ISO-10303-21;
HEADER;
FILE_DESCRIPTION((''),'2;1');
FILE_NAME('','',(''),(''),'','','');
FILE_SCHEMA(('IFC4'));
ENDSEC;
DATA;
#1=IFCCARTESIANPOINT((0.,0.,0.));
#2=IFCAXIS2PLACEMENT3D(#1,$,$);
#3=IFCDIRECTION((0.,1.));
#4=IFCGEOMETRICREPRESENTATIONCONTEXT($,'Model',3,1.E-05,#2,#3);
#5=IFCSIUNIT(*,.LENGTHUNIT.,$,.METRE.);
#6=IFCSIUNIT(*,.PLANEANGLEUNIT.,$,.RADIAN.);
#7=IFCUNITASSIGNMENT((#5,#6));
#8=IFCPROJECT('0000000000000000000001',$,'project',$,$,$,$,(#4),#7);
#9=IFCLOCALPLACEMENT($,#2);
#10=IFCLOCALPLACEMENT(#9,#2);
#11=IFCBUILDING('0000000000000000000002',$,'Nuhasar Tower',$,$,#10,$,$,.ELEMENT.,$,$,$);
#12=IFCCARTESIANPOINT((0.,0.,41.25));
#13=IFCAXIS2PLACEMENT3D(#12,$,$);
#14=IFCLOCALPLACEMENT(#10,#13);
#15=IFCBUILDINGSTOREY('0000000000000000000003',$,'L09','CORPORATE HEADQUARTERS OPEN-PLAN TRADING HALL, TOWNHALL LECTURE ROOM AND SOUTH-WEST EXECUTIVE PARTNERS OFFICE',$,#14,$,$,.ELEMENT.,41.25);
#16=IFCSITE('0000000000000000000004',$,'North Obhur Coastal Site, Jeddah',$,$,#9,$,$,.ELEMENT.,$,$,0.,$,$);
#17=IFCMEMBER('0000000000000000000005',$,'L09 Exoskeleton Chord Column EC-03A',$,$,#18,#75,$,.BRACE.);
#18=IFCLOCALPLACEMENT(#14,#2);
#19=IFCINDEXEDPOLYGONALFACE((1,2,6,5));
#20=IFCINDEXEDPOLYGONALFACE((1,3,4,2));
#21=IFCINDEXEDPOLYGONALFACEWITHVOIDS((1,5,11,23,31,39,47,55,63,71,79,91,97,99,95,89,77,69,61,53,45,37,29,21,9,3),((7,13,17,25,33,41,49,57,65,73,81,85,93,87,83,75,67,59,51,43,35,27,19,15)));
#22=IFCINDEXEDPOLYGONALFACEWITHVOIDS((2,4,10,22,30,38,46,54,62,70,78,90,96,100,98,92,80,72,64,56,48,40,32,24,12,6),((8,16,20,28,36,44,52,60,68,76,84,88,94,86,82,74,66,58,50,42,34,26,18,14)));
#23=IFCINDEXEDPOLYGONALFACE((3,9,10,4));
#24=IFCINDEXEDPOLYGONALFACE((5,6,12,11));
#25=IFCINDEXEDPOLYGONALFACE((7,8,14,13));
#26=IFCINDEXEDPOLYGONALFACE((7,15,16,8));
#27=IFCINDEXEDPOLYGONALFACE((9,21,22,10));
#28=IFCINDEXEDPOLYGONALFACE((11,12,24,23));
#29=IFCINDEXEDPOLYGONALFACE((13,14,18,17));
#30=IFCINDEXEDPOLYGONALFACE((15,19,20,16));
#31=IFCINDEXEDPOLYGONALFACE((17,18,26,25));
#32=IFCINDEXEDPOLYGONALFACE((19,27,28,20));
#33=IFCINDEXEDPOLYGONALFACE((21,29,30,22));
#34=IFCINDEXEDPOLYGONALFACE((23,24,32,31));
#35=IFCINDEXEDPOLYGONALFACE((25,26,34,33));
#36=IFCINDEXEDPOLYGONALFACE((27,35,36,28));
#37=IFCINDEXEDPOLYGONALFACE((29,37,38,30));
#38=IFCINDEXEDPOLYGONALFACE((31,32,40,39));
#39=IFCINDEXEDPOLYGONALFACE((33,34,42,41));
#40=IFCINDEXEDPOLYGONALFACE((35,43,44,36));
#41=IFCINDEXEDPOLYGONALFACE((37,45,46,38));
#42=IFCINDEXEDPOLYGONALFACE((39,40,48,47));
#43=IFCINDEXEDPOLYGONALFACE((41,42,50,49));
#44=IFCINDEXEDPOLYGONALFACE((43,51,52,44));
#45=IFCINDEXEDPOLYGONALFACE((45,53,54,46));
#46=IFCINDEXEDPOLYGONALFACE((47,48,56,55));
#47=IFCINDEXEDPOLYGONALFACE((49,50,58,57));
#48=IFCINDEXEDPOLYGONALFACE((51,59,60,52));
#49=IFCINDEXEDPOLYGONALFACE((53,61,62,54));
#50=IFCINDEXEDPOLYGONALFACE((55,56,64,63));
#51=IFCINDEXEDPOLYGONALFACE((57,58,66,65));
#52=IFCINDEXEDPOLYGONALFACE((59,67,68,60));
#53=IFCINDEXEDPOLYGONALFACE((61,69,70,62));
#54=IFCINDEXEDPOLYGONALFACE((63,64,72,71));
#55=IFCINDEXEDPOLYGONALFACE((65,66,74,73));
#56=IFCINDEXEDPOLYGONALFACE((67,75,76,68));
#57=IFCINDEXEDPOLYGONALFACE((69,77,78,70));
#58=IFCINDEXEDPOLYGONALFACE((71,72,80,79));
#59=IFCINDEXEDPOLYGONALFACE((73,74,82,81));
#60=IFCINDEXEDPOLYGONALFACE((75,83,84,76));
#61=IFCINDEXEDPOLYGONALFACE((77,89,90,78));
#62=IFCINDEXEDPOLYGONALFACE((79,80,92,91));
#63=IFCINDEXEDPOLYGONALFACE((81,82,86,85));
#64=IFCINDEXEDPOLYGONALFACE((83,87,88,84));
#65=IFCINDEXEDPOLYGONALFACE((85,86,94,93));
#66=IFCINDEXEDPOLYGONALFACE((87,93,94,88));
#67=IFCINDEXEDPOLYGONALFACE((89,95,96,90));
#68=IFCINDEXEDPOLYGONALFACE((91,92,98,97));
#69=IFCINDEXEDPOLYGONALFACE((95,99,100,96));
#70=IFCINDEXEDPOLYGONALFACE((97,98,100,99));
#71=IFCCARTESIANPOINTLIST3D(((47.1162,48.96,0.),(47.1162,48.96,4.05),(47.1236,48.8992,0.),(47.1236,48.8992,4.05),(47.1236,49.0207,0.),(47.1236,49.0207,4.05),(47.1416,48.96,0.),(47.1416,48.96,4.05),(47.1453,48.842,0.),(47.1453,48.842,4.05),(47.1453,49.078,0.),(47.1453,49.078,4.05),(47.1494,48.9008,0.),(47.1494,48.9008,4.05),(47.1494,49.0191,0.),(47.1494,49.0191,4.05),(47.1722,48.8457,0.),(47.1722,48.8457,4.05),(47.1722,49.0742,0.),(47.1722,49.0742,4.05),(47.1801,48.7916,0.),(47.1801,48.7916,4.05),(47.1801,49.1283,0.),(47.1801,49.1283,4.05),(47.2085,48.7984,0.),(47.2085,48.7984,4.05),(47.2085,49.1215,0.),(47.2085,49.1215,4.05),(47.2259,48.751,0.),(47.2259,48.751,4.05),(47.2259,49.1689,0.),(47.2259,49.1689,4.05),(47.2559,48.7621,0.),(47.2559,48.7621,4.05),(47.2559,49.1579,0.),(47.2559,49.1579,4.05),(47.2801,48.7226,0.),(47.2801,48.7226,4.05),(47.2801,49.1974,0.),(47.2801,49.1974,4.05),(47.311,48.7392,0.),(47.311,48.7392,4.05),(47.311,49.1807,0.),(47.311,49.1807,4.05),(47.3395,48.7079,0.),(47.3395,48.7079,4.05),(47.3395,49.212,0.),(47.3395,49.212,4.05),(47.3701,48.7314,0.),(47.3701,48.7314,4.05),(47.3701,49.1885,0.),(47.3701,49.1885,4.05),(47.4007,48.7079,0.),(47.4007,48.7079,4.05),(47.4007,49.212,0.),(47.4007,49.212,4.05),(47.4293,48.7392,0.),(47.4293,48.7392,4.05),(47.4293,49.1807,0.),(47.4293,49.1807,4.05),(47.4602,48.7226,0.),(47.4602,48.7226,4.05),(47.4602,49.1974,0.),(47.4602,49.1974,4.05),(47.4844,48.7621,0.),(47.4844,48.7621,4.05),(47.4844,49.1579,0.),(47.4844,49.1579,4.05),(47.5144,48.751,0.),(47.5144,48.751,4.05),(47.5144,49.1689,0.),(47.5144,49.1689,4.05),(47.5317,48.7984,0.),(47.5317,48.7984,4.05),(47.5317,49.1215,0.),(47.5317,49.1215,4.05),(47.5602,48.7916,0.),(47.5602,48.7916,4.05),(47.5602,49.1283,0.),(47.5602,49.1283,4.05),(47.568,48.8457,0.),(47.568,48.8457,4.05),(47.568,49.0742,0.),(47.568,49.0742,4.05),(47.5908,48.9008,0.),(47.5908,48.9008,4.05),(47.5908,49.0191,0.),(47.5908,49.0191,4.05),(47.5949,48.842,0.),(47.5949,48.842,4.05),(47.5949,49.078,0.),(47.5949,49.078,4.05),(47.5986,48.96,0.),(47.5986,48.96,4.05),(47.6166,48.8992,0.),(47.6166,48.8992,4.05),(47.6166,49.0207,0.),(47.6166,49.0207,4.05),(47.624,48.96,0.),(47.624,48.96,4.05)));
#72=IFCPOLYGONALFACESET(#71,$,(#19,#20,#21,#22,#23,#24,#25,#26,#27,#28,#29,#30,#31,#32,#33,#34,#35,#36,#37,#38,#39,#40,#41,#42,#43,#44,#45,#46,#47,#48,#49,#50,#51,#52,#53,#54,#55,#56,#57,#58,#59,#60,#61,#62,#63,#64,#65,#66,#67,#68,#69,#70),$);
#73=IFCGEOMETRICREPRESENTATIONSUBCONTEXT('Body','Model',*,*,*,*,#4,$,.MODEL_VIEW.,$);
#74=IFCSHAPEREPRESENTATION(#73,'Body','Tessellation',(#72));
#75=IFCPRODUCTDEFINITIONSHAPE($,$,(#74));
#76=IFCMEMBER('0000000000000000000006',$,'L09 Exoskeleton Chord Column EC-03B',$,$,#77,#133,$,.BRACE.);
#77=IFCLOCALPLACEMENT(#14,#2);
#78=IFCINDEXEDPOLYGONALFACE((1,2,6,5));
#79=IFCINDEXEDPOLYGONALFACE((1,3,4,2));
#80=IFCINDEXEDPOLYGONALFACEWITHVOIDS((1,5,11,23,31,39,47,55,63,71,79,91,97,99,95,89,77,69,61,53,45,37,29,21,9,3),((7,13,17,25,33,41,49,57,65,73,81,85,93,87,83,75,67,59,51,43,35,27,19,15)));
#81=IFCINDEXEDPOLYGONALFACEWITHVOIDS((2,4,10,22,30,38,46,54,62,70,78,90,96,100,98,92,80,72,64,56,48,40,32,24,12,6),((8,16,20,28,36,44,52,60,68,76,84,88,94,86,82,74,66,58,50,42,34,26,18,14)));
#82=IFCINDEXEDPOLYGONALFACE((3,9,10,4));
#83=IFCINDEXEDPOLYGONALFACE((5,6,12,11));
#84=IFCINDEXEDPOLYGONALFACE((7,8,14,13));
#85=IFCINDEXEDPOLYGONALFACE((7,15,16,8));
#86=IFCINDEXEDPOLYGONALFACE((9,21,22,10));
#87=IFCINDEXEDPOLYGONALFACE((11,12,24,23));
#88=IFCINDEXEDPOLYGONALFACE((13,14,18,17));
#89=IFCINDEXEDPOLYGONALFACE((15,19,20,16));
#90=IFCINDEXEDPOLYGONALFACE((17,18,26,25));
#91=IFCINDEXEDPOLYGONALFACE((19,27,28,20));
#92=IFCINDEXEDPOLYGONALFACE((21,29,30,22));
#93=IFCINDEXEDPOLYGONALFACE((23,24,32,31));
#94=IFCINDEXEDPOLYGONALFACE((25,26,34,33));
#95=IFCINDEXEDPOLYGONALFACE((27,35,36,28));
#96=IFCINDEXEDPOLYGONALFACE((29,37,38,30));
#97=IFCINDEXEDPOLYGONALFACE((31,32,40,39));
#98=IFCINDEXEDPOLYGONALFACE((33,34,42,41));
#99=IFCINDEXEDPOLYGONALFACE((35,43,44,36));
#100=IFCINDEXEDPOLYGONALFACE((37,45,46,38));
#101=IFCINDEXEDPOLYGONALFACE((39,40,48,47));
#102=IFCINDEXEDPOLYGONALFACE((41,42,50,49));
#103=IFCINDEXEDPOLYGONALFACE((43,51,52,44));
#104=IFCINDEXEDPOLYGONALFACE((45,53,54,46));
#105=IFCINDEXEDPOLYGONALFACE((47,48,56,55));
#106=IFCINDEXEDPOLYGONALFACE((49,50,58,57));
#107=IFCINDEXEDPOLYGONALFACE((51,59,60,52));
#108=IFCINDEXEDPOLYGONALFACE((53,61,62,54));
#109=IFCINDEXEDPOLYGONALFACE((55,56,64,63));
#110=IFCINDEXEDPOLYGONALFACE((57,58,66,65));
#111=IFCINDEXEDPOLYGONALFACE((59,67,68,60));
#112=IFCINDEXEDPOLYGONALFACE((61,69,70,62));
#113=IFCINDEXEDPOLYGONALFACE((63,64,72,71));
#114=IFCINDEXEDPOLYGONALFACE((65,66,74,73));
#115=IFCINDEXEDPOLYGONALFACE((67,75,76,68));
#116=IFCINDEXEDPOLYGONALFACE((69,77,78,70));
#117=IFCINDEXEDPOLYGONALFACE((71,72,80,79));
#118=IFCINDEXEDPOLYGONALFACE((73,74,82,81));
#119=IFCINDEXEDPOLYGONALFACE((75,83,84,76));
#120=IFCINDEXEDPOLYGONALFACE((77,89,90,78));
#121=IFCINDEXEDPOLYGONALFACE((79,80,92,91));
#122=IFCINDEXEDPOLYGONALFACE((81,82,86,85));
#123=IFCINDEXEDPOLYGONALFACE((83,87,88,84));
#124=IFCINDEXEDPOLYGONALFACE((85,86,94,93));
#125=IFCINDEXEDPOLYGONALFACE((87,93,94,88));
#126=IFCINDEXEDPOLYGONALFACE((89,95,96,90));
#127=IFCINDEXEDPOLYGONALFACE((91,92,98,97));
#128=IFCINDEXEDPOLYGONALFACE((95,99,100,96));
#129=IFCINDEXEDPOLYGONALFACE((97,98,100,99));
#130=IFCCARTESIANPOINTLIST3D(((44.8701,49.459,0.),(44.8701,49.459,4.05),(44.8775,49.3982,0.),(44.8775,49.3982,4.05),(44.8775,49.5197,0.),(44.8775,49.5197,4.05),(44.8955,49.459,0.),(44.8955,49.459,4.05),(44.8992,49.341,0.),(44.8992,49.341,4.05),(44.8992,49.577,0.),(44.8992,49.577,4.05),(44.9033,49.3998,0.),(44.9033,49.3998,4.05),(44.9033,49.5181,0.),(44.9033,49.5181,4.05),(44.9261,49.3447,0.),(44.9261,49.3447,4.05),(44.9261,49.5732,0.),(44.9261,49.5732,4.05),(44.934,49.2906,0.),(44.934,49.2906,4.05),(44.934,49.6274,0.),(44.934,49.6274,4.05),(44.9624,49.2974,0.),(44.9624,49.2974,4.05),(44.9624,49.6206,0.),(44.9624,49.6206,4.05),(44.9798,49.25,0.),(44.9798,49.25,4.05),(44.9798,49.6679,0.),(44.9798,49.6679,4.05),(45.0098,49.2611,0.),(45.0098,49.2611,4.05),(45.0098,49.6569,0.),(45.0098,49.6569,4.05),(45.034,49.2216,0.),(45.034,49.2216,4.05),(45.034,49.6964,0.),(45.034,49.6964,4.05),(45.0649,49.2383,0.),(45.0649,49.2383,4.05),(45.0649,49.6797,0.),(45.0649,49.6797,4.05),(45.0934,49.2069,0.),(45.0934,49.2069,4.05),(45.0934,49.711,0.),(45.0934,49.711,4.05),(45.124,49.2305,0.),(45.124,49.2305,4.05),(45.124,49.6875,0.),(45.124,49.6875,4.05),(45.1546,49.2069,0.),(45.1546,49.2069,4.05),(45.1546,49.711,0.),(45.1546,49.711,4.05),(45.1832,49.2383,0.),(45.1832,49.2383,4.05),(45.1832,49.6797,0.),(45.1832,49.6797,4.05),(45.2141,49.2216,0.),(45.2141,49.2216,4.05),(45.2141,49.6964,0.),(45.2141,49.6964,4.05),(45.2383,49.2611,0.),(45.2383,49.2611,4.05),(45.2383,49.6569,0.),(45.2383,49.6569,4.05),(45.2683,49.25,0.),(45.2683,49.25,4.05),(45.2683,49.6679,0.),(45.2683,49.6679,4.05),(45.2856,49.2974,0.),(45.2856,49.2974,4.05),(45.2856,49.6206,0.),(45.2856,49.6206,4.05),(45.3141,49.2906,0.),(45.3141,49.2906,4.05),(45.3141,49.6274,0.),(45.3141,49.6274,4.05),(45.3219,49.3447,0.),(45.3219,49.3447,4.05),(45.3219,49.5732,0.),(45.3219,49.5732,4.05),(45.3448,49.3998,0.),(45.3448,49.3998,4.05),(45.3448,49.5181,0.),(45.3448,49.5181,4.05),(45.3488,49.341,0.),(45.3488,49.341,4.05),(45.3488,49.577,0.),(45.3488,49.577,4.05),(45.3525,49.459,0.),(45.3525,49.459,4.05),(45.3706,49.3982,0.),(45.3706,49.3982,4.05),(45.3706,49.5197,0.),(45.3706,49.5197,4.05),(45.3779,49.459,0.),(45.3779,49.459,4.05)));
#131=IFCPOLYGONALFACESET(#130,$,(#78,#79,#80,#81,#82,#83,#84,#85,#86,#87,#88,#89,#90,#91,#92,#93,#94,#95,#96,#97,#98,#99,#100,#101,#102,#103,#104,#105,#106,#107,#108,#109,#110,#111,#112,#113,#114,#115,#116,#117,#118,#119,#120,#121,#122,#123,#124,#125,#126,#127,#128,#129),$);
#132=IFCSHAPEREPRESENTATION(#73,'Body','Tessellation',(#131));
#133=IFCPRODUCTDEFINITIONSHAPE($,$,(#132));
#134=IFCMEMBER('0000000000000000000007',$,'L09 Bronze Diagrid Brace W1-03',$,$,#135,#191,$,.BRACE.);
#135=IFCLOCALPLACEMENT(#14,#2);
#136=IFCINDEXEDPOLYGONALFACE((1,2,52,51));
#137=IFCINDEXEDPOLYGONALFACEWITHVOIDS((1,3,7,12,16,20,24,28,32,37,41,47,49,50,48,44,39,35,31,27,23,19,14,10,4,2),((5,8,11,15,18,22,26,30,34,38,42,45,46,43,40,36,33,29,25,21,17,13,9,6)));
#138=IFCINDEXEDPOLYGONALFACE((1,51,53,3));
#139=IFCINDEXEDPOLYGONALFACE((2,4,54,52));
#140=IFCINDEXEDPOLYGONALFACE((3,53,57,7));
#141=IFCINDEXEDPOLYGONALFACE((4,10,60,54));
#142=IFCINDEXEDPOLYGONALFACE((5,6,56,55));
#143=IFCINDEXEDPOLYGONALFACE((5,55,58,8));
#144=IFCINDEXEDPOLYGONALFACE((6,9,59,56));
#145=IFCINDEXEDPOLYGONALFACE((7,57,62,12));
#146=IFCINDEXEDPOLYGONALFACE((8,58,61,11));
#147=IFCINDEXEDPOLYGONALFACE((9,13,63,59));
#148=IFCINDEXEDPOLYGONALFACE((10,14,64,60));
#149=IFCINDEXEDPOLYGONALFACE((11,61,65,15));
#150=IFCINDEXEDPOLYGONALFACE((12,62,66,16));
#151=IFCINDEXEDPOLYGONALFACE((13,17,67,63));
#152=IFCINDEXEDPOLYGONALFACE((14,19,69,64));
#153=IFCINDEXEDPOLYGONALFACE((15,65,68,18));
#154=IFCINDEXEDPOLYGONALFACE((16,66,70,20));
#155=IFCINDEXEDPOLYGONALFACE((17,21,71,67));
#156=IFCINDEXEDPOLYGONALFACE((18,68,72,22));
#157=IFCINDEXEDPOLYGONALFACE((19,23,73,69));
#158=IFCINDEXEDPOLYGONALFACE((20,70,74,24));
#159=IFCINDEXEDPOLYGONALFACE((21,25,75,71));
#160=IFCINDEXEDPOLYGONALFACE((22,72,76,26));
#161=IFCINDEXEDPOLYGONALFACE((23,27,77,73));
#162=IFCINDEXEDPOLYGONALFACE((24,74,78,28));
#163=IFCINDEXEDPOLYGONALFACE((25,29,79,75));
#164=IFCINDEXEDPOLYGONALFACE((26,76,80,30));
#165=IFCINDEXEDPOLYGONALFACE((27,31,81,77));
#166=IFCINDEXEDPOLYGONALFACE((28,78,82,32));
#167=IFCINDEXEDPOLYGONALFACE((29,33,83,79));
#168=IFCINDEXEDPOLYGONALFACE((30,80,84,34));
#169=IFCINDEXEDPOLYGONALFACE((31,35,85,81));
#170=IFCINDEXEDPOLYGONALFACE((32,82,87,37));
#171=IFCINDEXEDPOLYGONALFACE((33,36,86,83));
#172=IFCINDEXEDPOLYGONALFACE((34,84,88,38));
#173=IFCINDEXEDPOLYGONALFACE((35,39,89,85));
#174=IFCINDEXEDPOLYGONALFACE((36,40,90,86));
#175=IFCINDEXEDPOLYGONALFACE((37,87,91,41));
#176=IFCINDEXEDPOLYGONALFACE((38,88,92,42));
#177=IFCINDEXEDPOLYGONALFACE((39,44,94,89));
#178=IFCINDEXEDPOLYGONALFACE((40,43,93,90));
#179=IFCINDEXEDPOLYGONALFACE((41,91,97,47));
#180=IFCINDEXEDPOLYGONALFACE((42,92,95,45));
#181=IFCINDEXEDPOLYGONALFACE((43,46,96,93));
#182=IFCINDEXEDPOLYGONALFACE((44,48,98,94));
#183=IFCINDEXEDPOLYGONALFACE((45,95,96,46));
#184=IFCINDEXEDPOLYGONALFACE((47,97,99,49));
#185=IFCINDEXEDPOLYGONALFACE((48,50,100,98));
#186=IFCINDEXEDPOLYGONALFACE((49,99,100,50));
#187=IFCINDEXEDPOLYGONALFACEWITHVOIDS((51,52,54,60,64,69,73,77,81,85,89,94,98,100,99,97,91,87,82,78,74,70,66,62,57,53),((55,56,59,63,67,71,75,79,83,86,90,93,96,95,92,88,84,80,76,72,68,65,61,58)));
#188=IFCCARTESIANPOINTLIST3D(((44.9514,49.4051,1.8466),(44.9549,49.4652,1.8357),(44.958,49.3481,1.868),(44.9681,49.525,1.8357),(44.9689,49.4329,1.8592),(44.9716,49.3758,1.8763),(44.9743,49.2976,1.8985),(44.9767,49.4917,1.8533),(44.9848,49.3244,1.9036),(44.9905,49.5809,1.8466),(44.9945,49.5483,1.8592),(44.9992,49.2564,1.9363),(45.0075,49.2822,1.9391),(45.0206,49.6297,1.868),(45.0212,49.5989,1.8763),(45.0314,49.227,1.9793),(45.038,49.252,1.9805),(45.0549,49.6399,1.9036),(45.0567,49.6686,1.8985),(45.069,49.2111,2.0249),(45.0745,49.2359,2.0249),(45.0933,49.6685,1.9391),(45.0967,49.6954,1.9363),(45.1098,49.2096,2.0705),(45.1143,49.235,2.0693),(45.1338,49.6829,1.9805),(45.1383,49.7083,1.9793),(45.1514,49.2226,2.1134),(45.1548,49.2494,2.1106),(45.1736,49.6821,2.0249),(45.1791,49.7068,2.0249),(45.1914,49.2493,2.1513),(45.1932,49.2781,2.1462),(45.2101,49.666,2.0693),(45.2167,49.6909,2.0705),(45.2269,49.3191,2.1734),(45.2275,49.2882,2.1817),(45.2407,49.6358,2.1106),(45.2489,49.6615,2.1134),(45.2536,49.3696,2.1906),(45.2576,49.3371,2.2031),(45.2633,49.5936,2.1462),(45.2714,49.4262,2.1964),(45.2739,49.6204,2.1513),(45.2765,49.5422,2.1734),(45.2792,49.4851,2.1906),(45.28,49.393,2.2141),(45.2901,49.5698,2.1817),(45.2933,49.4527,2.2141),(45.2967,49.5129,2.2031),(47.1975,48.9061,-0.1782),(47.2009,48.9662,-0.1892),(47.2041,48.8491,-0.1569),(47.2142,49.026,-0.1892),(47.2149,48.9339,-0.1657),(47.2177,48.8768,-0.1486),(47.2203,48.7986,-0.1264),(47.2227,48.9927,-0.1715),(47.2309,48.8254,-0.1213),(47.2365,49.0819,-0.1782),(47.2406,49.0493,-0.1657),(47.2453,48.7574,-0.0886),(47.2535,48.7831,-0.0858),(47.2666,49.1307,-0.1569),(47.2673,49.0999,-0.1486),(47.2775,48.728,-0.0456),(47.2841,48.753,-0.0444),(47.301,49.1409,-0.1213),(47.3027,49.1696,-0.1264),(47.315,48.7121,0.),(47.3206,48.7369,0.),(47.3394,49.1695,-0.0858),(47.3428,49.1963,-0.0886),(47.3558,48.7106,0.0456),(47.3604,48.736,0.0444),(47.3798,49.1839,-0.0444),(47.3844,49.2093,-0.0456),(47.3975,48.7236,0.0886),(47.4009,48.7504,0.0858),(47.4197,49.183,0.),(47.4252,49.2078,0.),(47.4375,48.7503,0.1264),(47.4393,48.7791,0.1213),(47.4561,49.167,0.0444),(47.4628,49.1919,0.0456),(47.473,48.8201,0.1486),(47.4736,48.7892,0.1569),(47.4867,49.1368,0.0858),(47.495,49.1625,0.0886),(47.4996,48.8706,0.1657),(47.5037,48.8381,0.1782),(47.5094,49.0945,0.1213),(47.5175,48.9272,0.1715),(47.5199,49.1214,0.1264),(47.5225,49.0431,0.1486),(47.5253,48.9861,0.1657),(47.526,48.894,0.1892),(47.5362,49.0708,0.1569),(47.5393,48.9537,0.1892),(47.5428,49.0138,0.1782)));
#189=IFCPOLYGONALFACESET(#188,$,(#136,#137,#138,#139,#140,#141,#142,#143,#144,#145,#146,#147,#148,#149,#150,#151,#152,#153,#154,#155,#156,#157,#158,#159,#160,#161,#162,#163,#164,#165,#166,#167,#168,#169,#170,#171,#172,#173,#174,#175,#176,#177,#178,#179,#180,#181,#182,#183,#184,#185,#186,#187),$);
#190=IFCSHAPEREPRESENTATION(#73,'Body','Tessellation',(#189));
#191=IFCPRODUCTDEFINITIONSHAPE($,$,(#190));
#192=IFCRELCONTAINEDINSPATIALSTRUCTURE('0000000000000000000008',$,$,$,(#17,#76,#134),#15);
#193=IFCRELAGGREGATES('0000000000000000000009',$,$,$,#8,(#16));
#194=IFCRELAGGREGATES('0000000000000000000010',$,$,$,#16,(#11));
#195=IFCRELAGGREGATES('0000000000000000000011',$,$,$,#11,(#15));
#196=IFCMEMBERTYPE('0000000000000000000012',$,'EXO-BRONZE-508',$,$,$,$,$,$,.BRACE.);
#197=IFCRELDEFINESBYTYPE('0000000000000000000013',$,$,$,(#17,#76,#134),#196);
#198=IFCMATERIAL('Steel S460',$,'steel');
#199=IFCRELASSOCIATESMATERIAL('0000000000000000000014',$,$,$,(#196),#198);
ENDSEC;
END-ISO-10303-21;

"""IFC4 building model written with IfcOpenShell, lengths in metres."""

from ifc_helpers import new_model, si_unit, direction, frame, origin, origin_2d, place, context, subcontext, project, spatial, hollow_circle, extrude, material, material_profile, profile_set, type_object, element, save


model = new_model("IFC4")

# Units and contexts
model_context = context("Model", 3, precision=1e-05, world=origin(), true_north=direction((0.0, 1.0)))
body_context = subcontext(model_context, "Body", "Model", "MODEL_VIEW")
ifc_project = project(units=[si_unit("LENGTHUNIT", "METRE"), si_unit("PLANEANGLEUNIT", "RADIAN")], contexts=[model_context])

# Site, building, storey
site_placement = place(None, origin())
site = spatial("IfcSite", under=ifc_project, at=site_placement, Name="North Obhur Coastal Site, Jeddah", CompositionType="ELEMENT", RefElevation=0.0)
building_placement = place(site_placement, origin())
building = spatial("IfcBuilding", under=site, at=building_placement, Name="Nuhasar Tower", CompositionType="ELEMENT")
storey_placement = place(building_placement, frame((0.0, 0.0, 41.25)))
storey = spatial("IfcBuildingStorey", under=building, at=storey_placement, Name="L09", Description="CORPORATE HEADQUARTERS OPEN-PLAN TRADING HALL, TOWNHALL LECTURE ROOM AND SOUTH-WEST EXECUTIVE PARTNERS OFFICE", CompositionType="ELEMENT", Elevation=41.25)

# Members
ifc_material_1 = material(Name="Steel S460", Category="steel")
ifc_material_profile_1 = material_profile(ifc_material_1, hollow_circle(Radius=0.2539, WallThickness=0.0254, at=origin_2d()), Name="HSS508X25.4")
ifc_profile_set_1 = profile_set([ifc_material_profile_1], Name="Steel S460")
member_type_1 = type_object("IfcMemberType", Name="EXO-BRONZE-508", PredefinedType="BRACE", material=ifc_profile_set_1)
for number, where, z_axis, x_axis, name in (
    (1, (47.3701, 48.96, 0.0), (0.0, 0.0, 1.0), (1.0, 0.0, 0.0), "L09 Exoskeleton Chord Column EC-03A"),
    (2, (45.124, 49.459, 0.0), (0.0, 0.0, 1.0), (1.0, 0.0, 0.0), "L09 Exoskeleton Chord Column EC-03B"),
):
    element("IfcMember", number, at=place(storey_placement, frame(where, z_axis=z_axis, x_axis=x_axis)), inside=storey, type_object=member_type_1, Name=name, PredefinedType="BRACE", context=body_context, shape_type="SweptSolid", body=[
        extrude(hollow_circle(Radius=0.2539, WallThickness=0.0254, at=origin_2d()), origin(), (0.0, 0.0, 1.0), 4.05),
    ])
member_1_placement = place(storey_placement, frame((47.3701, 48.96, 0.0), z_axis=(-0.732821, 0.162814, 0.660654), x_axis=(-0.216886, -0.976197, 0.0)))
element("IfcMember", 3, at=member_1_placement, inside=storey, type_object=member_type_1, Name="L09 Bronze Diagrid Brace W1-03", PredefinedType="BRACE", context=body_context, shape_type="SweptSolid", body=[
    extrude(hollow_circle(Radius=0.2539, WallThickness=0.0254, at=origin_2d()), origin(), (0.0, 0.0, 1.0), 3.0649),
])

save(model, "model.ifc")
